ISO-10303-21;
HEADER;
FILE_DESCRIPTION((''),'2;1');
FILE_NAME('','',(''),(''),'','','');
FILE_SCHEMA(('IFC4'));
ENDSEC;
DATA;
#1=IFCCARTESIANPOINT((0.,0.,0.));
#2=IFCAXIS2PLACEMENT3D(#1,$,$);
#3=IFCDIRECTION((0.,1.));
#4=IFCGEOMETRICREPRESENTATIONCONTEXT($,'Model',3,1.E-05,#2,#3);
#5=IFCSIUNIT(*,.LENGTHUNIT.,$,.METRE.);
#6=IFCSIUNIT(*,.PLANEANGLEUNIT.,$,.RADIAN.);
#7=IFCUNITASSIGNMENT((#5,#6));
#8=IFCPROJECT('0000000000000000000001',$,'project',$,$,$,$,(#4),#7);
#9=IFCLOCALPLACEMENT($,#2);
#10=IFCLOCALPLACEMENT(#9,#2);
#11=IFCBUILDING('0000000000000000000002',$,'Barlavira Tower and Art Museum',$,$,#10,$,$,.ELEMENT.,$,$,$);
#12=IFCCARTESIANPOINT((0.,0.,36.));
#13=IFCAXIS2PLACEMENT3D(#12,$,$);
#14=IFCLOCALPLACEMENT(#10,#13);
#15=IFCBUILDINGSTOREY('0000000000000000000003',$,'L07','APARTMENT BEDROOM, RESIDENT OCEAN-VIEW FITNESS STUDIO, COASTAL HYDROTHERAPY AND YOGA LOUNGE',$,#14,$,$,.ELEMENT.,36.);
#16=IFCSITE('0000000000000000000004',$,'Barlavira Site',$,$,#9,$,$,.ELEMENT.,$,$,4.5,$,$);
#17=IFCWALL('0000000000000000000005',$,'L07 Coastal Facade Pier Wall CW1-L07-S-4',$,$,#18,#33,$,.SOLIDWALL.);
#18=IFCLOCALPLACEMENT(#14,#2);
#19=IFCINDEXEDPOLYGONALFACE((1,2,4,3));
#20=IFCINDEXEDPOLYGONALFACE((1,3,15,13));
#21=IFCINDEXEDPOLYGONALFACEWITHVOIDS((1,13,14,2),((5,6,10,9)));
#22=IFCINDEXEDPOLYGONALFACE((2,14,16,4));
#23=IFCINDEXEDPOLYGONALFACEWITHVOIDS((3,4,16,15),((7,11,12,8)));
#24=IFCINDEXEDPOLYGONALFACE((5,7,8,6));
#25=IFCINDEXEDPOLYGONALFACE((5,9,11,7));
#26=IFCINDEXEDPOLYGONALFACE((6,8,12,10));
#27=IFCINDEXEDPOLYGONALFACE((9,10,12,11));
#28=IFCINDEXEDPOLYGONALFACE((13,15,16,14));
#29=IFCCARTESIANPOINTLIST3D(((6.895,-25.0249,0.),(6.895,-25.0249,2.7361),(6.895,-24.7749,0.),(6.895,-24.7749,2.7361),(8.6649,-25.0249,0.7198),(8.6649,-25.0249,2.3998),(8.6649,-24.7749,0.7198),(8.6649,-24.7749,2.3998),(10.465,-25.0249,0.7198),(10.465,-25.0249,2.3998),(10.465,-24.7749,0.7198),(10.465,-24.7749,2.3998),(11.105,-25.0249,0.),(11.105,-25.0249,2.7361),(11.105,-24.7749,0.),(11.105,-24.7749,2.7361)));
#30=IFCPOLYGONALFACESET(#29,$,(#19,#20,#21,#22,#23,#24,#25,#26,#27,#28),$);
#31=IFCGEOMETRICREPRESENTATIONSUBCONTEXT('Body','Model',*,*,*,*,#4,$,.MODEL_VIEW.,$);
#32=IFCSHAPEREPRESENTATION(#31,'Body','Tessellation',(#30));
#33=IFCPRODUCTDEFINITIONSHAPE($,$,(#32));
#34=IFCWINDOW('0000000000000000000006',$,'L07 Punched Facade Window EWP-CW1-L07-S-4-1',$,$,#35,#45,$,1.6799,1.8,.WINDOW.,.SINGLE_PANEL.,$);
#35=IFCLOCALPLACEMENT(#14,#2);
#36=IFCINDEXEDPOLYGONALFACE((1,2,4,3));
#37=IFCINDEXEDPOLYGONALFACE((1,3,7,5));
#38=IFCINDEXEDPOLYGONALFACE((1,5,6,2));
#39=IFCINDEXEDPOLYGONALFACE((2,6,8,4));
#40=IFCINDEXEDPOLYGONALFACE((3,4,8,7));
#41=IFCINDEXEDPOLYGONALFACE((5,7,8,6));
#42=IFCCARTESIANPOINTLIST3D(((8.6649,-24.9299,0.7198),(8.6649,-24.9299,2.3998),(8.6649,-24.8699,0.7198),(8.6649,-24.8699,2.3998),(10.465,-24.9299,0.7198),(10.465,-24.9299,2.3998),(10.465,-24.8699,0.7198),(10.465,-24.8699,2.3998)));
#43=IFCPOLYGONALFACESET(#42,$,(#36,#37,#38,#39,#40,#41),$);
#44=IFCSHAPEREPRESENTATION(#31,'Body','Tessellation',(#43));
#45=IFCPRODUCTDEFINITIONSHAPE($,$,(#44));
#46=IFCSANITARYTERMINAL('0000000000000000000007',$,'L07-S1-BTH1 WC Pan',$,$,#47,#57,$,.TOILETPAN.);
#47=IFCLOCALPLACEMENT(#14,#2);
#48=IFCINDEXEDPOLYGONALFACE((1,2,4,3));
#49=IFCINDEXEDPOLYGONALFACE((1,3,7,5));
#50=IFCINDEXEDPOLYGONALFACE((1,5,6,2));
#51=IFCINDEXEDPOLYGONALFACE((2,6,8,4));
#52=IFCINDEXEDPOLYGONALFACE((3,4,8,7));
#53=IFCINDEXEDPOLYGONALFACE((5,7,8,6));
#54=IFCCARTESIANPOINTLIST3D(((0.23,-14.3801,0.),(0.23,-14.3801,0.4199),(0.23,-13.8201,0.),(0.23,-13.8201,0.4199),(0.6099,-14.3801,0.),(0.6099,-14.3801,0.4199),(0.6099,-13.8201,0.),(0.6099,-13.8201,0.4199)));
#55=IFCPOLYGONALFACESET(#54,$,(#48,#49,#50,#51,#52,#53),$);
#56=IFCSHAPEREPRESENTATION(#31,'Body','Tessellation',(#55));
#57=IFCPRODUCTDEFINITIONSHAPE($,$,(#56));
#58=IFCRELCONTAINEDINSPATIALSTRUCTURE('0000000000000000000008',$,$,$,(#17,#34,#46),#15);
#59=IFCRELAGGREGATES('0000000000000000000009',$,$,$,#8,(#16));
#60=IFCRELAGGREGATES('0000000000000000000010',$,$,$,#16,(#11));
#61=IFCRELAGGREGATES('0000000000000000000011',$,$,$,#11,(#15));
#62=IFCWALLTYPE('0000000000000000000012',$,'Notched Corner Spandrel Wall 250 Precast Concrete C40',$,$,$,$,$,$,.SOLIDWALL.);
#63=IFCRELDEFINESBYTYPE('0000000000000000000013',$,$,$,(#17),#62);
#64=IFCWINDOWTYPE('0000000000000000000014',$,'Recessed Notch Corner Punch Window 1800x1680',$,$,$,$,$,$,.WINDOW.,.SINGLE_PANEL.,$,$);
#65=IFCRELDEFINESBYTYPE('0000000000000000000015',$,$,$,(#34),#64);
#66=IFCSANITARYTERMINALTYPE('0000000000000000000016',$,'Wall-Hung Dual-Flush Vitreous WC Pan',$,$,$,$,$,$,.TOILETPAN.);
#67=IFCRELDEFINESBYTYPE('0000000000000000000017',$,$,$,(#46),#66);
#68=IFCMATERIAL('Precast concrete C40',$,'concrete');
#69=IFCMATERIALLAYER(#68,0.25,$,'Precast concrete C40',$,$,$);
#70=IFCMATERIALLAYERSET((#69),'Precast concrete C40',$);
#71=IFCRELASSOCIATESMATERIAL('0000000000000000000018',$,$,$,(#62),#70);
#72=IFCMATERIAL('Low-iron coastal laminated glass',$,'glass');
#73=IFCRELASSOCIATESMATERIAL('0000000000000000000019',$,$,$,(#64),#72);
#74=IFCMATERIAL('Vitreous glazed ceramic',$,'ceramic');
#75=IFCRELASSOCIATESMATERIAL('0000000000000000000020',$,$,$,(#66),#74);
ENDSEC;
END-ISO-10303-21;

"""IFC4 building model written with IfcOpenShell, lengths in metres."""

from ifc_helpers import new_model, si_unit, direction, frame, frame_2d, origin, origin_2d, place, context, subcontext, project, spatial, rectangle, extrude, material, layer, layer_set, type_object, element, fill, save


model = new_model("IFC4")

# Units and contexts
model_context = context("Model", 3, precision=1e-05, world=origin(), true_north=direction((0.0, 1.0)))
body_context = subcontext(model_context, "Body", "Model", "MODEL_VIEW")
ifc_project = project(units=[si_unit("LENGTHUNIT", "METRE"), si_unit("PLANEANGLEUNIT", "RADIAN")], contexts=[model_context])

# Site, building, storey
site_placement = place(None, origin())
site = spatial("IfcSite", under=ifc_project, at=site_placement, Name="Barlavira Site", CompositionType="ELEMENT", RefElevation=4.5)
building_placement = place(site_placement, origin())
building = spatial("IfcBuilding", under=site, at=building_placement, Name="Barlavira Tower and Art Museum", CompositionType="ELEMENT")
storey_placement = place(building_placement, frame((0.0, 0.0, 36.0)))
storey = spatial("IfcBuildingStorey", under=building, at=storey_placement, Name="L07", Description="APARTMENT BEDROOM, RESIDENT OCEAN-VIEW FITNESS STUDIO, COASTAL HYDROTHERAPY AND YOGA LOUNGE", CompositionType="ELEMENT", Elevation=36.0)

# Shared definitions
ifc_material_1 = material(Name="Low-iron coastal laminated glass", Category="glass")

# Wall, opening, window
ifc_material_2 = material(Name="Precast concrete C40", Category="concrete")
ifc_layer_1 = layer(ifc_material_2, 0.25, Name="Precast concrete C40")
ifc_layer_set_1 = layer_set([ifc_layer_1], Name="Precast concrete C40")
wall_type_1 = type_object("IfcWallType", Name="Notched Corner Spandrel Wall 250 Precast Concrete C40", PredefinedType="SOLIDWALL", material=ifc_layer_set_1)
wall_1_placement = place(storey_placement, frame((6.895, -24.8999, 0.0), z_axis=(0.0, 0.0, 1.0), x_axis=(1.0, 0.0, 0.0)))
wall_1 = element("IfcWall", 1, at=wall_1_placement, inside=storey, type_object=wall_type_1, Name="L07 Coastal Facade Pier Wall CW1-L07-S-4", PredefinedType="SOLIDWALL", context=body_context, shape_type="SweptSolid", body=[
    extrude(rectangle(XDim=4.21, YDim=0.25, at=frame_2d((2.105, 0.0))), origin(), (0.0, 0.0, 1.0), 2.7361),
])
opening_1_placement = place(wall_1_placement, frame((1.77, 0.0, 0.72)))
opening_1 = element("IfcOpeningElement", 2, at=opening_1_placement, cuts=wall_1, PredefinedType="OPENING", context=body_context, shape_type="SweptSolid", body=[
    extrude(rectangle(XDim=1.8, YDim=1.6799, at=frame_2d((0.8999, 0.8398))), frame((0.0, 0.135, 0.0), z_axis=(0.0, -1.0, 0.0), x_axis=(1.0, 0.0, 0.0)), (0.0, 0.0, 1.0), 0.27),
])
window_type = type_object("IfcWindowType", Name="Recessed Notch Corner Punch Window 1800x1680", PartitioningType="SINGLE_PANEL", PredefinedType="WINDOW", material=ifc_material_1)
window_placement = place(opening_1_placement, origin())
window = element("IfcWindow", 3, at=window_placement, inside=storey, type_object=window_type, Name="L07 Punched Facade Window EWP-CW1-L07-S-4-1", OverallHeight=1.6799, OverallWidth=1.8, PartitioningType="SINGLE_PANEL", PredefinedType="WINDOW", context=body_context, shape_type="SweptSolid", body=[
    extrude(rectangle(XDim=1.8, YDim=1.6799, at=frame_2d((0.8999, 0.8398))), frame((0.0, 0.03, 0.0), z_axis=(0.0, -1.0, 0.0), x_axis=(1.0, 0.0, 0.0)), (0.0, 0.0, 1.0), 0.0601),
])
fill(opening_1, window)

# Sanitary terminal
ifc_material_3 = material(Name="Vitreous glazed ceramic", Category="ceramic")
sanitary_terminal_type = type_object("IfcSanitaryTerminalType", Name="Wall-Hung Dual-Flush Vitreous WC Pan", PredefinedType="TOILETPAN", material=ifc_material_3)
sanitary_terminal_placement = place(storey_placement, frame((0.4199, -14.1001, 0.0), z_axis=(0.0, 0.0, 1.0), x_axis=(1.0, 0.0, 0.0)))
element("IfcSanitaryTerminal", 4, at=sanitary_terminal_placement, inside=storey, type_object=sanitary_terminal_type, Name="L07-S1-BTH1 WC Pan", PredefinedType="TOILETPAN", context=body_context, shape_type="SweptSolid", body=[
    extrude(rectangle(XDim=0.3799, YDim=0.5601, at=origin_2d()), origin(), (0.0, 0.0, 1.0), 0.4199),
])

save(model, "model.ifc")
